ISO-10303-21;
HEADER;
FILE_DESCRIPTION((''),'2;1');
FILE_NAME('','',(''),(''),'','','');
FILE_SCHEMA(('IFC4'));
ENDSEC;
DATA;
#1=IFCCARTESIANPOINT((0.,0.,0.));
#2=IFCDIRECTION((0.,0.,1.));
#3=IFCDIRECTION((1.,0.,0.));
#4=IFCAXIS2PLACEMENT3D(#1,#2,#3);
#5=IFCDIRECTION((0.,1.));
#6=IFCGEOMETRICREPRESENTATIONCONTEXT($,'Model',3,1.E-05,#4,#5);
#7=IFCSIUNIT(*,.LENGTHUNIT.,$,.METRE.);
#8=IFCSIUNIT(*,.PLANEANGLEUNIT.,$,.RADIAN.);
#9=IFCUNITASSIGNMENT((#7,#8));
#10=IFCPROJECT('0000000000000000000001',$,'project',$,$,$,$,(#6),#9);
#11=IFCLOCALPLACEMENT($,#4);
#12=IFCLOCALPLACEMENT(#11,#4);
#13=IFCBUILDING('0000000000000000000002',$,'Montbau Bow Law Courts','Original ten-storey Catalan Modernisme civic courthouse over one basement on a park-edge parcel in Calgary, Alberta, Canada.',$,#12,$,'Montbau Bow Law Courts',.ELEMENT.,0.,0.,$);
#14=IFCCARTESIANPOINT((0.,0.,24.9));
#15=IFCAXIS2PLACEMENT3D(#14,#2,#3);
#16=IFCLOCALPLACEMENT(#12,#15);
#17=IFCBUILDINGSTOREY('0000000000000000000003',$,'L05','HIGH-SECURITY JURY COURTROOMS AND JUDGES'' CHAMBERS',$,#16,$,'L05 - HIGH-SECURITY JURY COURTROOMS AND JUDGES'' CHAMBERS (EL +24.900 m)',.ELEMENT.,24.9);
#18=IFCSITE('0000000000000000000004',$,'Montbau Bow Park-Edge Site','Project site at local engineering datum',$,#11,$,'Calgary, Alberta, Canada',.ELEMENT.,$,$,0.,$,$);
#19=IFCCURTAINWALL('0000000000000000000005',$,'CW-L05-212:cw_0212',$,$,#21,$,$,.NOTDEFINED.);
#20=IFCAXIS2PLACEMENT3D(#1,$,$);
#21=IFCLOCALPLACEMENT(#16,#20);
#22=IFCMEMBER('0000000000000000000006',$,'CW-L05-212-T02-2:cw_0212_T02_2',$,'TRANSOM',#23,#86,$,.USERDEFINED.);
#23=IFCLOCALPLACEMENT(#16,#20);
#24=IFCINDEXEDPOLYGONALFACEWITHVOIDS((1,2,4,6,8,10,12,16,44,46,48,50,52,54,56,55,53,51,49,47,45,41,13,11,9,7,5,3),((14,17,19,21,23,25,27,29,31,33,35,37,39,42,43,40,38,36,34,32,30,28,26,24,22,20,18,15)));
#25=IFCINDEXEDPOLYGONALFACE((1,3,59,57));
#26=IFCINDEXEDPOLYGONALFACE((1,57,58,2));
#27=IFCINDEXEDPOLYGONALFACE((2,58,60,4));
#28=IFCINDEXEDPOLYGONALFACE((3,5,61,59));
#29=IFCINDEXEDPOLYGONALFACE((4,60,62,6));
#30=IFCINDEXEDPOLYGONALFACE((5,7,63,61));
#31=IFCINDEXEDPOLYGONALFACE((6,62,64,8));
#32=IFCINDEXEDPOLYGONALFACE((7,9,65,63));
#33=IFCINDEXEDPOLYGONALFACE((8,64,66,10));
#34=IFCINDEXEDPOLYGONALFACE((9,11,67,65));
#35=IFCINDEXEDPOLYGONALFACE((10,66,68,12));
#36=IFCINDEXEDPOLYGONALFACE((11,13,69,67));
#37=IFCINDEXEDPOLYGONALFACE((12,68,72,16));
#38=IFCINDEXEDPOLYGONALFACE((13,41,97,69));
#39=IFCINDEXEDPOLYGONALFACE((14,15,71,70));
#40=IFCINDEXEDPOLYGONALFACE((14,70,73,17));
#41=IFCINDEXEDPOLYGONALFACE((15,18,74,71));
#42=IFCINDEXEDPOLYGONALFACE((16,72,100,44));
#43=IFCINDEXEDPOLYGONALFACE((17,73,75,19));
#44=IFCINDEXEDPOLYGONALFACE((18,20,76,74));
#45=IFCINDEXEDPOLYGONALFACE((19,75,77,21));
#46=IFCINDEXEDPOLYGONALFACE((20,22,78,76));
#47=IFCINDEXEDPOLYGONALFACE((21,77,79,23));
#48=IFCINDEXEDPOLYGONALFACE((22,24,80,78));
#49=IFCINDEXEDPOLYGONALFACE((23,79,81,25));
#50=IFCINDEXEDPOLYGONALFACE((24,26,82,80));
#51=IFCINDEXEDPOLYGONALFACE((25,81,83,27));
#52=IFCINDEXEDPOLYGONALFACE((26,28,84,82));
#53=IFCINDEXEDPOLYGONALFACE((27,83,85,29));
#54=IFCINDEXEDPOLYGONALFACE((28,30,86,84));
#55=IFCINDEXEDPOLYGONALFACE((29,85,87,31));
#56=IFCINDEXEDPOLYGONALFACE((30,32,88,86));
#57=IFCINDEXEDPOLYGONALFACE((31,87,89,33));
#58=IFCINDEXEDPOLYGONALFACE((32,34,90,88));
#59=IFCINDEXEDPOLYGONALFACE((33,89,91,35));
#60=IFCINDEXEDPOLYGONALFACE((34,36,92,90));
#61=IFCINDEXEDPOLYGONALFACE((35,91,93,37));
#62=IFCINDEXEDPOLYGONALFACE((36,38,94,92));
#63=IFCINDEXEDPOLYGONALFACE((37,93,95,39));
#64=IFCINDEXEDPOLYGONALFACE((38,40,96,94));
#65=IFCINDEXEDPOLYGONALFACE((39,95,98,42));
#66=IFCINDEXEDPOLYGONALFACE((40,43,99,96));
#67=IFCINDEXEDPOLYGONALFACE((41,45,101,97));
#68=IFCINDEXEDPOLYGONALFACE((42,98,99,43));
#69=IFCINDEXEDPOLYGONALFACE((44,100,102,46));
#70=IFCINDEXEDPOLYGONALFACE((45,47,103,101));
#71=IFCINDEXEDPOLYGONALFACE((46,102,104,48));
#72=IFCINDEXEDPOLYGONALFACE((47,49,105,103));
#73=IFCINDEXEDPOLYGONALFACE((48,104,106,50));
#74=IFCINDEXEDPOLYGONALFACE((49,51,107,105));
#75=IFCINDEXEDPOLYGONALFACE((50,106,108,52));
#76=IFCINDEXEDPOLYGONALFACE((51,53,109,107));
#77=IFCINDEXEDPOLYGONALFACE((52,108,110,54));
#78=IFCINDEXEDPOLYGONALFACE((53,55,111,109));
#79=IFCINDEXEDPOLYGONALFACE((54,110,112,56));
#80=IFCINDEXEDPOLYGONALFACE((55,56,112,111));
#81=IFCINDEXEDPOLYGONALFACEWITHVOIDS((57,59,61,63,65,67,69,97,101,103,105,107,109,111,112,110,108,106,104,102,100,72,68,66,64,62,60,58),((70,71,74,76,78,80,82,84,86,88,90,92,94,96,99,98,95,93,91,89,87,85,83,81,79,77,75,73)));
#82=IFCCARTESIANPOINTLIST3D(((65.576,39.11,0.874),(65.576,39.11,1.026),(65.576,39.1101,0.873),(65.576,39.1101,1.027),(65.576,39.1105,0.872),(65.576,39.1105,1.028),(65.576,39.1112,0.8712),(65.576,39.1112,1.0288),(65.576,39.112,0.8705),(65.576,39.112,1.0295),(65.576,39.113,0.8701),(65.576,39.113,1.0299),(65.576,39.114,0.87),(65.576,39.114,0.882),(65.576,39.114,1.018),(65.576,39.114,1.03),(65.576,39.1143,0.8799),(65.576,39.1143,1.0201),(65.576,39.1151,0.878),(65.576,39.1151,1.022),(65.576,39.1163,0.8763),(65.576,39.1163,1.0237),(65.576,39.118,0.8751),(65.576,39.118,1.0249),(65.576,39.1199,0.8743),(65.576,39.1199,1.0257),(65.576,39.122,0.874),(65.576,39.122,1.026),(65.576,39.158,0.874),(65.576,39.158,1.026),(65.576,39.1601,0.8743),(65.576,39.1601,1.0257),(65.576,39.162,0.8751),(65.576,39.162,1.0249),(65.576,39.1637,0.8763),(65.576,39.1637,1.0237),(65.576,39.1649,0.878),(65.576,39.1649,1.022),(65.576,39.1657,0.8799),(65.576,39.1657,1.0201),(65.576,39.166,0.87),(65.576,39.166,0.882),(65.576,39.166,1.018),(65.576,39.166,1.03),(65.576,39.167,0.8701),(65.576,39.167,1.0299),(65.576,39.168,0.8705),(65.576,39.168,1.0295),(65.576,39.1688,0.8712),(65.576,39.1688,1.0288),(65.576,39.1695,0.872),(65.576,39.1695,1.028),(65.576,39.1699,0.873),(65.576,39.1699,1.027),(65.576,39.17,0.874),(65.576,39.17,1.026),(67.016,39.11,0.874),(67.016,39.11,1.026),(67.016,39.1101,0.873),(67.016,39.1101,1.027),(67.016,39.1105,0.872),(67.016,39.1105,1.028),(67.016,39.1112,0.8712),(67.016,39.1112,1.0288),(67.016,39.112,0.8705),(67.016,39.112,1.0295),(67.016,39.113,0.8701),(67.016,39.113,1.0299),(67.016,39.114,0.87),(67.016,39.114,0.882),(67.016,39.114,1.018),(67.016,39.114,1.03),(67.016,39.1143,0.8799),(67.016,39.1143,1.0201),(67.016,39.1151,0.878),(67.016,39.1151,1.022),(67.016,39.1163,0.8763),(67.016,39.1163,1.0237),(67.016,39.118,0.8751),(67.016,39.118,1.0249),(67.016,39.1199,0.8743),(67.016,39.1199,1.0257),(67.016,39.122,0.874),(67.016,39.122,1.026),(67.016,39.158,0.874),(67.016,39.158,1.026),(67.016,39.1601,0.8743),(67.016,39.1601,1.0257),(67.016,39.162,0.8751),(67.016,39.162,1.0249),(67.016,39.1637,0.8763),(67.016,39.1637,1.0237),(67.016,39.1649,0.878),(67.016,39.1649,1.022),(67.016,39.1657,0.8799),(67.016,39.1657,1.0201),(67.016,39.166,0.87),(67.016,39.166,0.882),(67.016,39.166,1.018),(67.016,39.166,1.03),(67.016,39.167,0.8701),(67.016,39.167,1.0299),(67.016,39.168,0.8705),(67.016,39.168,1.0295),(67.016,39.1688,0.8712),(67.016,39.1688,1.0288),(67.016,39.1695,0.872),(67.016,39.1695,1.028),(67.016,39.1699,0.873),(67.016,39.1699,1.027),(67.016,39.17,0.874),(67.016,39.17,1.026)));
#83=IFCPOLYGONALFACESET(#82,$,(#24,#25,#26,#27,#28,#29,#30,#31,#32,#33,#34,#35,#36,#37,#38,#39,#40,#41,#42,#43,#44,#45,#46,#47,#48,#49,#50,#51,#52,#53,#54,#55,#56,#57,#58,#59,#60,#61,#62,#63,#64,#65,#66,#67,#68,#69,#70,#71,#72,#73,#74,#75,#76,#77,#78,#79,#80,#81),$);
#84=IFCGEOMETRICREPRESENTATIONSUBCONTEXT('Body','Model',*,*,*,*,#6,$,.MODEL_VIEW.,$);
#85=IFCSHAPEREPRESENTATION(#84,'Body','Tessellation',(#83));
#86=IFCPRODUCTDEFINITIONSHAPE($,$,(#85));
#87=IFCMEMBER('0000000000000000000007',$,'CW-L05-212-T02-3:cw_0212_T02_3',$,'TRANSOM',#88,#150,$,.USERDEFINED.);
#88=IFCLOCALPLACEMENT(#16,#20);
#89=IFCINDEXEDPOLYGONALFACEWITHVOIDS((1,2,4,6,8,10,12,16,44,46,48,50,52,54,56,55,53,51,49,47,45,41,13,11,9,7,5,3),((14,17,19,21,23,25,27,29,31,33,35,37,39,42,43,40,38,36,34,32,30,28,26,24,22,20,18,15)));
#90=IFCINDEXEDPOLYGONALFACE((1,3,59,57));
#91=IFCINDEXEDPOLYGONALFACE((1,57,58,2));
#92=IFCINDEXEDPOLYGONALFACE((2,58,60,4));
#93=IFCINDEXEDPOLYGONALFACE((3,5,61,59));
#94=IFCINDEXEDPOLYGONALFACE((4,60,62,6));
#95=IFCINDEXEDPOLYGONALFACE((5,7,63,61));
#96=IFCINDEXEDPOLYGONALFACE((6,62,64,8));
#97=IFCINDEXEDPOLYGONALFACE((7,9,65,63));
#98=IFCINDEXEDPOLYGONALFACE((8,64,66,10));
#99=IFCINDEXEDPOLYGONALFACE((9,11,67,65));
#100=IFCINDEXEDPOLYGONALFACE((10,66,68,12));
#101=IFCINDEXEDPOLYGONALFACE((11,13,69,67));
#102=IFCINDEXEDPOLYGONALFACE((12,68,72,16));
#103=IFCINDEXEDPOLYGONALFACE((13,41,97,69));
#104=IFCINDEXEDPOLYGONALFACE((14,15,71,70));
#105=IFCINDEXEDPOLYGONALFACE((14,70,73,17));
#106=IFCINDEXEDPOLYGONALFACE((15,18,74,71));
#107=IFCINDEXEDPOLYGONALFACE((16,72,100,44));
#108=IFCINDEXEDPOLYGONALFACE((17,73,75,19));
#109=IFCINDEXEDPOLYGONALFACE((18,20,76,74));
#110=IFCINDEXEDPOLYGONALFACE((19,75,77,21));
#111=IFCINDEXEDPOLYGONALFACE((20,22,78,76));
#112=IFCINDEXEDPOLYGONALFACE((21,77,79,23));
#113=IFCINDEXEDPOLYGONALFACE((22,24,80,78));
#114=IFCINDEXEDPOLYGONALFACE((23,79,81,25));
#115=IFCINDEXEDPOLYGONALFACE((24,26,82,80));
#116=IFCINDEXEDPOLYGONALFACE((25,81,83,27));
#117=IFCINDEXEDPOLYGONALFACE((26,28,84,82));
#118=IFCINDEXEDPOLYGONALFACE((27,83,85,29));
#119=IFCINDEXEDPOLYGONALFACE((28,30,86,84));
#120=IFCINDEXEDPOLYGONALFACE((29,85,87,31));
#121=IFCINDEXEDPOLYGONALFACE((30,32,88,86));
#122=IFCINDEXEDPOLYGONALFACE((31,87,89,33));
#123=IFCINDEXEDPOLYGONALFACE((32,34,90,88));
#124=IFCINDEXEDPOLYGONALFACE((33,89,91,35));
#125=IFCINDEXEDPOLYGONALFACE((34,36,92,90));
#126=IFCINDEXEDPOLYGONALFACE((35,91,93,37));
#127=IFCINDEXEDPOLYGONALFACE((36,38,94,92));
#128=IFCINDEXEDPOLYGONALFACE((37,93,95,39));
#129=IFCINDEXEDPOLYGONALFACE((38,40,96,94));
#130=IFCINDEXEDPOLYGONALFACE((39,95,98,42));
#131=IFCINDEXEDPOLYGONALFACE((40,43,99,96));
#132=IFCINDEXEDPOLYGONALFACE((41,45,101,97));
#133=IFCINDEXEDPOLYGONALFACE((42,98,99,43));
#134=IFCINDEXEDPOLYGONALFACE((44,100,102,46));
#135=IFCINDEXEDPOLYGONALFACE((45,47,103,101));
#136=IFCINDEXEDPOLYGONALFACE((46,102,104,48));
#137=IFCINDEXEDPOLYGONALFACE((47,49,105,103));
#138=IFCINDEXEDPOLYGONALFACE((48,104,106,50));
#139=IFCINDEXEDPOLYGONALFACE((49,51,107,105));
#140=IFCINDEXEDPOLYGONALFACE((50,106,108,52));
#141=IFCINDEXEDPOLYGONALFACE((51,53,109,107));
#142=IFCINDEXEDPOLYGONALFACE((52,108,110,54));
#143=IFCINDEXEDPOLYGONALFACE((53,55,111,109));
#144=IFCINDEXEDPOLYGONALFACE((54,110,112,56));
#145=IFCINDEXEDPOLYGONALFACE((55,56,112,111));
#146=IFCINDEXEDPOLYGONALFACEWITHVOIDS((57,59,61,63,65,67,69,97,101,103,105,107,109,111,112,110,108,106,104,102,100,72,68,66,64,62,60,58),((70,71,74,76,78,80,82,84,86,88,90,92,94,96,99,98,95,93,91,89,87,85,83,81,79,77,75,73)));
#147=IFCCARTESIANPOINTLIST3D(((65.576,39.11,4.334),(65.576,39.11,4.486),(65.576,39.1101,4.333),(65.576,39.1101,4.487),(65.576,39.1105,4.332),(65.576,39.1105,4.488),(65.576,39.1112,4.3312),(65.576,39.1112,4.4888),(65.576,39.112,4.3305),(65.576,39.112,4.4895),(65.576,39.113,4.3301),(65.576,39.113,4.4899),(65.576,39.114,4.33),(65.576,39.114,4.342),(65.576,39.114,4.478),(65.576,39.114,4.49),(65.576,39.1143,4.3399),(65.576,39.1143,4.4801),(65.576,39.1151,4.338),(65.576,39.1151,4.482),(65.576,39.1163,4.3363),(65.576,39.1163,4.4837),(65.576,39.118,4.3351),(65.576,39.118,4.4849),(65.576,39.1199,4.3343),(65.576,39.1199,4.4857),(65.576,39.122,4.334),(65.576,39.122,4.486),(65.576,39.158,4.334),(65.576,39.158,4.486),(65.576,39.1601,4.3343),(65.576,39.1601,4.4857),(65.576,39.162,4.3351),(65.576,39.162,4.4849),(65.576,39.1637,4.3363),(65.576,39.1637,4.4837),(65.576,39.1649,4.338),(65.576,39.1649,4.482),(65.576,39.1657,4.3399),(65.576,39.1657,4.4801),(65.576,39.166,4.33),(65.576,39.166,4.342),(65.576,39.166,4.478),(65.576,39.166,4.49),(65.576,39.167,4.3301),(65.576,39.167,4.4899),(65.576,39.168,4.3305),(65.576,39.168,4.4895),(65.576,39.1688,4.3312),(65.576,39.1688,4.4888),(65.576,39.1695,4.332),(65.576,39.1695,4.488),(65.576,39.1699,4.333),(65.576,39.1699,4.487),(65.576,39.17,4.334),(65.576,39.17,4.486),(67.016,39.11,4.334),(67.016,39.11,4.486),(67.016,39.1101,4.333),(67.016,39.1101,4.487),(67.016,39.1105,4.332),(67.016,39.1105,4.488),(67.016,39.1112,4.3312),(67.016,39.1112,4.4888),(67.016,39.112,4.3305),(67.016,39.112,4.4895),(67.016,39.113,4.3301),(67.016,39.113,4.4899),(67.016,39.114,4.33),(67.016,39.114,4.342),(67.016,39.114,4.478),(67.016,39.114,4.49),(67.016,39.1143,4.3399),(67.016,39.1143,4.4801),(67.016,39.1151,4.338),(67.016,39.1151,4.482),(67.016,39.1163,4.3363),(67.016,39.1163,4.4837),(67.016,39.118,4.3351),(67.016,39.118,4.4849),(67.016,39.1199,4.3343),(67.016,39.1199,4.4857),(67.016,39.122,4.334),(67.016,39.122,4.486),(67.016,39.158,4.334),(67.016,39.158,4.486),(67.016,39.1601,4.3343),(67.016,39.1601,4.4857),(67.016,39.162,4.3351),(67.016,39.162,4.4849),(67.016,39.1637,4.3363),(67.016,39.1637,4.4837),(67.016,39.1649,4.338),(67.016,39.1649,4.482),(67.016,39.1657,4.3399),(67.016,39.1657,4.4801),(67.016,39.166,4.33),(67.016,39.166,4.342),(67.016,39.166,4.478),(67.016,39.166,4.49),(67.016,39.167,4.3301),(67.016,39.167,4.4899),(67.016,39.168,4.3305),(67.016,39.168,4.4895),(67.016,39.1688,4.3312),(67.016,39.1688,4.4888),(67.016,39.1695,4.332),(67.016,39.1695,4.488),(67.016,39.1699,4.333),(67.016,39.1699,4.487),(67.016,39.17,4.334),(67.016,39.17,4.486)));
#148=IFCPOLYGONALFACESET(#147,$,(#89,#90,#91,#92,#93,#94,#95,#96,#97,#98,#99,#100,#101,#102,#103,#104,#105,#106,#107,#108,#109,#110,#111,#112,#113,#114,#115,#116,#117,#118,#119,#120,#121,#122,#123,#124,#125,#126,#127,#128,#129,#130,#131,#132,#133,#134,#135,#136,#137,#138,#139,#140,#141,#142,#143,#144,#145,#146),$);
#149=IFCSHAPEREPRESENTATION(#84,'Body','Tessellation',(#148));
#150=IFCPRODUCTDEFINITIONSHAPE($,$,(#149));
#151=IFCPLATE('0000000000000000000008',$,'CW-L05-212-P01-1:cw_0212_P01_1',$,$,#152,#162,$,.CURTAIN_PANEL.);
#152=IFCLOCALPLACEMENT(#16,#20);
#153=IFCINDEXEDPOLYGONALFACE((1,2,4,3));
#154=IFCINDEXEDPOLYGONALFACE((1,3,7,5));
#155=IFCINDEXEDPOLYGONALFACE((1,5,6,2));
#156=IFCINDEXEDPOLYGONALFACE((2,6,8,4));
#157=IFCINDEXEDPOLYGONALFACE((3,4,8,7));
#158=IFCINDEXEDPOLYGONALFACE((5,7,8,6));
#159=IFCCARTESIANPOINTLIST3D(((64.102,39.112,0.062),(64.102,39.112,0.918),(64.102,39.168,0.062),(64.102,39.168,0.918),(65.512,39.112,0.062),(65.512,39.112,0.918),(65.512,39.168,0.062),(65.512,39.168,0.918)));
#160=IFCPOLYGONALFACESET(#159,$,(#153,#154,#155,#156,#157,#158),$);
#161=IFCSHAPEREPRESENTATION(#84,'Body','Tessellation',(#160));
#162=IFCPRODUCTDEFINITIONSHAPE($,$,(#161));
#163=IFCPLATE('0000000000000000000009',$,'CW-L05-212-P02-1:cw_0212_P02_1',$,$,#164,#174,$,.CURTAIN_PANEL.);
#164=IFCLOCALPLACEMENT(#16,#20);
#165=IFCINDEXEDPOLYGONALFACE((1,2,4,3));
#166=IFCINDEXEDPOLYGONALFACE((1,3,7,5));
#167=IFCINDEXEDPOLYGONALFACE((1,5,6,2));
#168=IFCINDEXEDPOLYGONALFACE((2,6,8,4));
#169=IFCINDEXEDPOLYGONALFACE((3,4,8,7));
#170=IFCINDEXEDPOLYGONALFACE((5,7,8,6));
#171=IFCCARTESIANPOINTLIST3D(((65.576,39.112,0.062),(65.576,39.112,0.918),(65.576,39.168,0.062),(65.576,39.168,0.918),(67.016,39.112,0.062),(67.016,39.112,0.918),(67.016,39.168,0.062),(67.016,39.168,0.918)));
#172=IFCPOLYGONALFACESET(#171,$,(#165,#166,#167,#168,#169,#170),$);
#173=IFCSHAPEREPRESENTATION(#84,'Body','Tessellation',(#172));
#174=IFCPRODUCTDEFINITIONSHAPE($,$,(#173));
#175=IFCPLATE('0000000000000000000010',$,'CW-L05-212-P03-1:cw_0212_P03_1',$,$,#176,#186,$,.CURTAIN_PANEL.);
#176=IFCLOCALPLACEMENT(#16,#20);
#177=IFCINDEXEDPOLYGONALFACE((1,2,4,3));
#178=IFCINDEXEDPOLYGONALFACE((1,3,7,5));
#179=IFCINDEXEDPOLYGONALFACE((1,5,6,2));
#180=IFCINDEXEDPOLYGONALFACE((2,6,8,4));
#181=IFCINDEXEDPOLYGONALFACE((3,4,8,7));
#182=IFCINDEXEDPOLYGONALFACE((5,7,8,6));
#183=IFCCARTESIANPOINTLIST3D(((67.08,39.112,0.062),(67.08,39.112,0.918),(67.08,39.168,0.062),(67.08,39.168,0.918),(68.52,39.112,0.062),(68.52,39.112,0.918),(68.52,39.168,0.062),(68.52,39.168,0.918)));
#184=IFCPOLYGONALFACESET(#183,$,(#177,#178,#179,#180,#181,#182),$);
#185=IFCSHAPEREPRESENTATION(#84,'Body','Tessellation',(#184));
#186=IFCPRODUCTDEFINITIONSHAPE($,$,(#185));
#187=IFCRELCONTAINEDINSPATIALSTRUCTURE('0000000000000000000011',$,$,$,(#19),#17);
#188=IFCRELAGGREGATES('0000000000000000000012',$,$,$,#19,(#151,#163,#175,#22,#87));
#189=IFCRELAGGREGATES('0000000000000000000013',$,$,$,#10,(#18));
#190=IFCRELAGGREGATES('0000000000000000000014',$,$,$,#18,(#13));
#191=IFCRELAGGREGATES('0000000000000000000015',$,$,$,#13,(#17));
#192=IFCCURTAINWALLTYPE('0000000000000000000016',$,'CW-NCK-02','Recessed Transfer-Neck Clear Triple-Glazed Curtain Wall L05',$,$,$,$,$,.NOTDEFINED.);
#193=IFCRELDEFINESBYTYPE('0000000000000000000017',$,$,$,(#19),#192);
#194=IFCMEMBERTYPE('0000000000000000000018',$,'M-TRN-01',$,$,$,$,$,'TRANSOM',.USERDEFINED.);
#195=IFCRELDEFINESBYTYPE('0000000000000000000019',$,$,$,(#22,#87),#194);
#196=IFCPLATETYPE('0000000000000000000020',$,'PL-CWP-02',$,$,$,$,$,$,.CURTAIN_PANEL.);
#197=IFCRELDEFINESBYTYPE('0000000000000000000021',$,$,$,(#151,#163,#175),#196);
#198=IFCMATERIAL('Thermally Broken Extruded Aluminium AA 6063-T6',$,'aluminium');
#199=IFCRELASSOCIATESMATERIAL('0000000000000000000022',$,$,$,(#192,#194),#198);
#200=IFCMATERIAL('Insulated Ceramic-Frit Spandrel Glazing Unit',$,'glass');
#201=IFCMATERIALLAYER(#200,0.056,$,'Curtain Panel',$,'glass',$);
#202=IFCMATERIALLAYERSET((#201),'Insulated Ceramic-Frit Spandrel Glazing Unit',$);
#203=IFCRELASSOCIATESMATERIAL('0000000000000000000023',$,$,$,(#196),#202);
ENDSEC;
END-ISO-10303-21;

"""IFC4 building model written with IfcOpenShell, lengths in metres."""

from ifc_helpers import new_model, si_unit, direction, frame, frame_2d, origin_with_axes, origin_2d_with_axis, place, context, subcontext, project, spatial, rectangle, hollow_rectangle, extrude, material, layer, layer_set, material_profile, profile_set, type_object, element, aggregate, save


model = new_model("IFC4")

# Units and contexts
model_context = context("Model", 3, precision=1e-05, world=origin_with_axes(), true_north=direction((0.0, 1.0)))
body_context = subcontext(model_context, "Body", "Model", "MODEL_VIEW")
ifc_project = project(units=[si_unit("LENGTHUNIT", "METRE"), si_unit("PLANEANGLEUNIT", "RADIAN")], contexts=[model_context])

# Site, building, storey
site_placement = place(None, origin_with_axes())
site = spatial("IfcSite", under=ifc_project, at=site_placement, Name="Montbau Bow Park-Edge Site", Description="Project site at local engineering datum", LongName="Calgary, Alberta, Canada", CompositionType="ELEMENT", RefElevation=0.0)
building_placement = place(site_placement, origin_with_axes())
building = spatial("IfcBuilding", under=site, at=building_placement, Name="Montbau Bow Law Courts", Description="Original ten-storey Catalan Modernisme civic courthouse over one basement on a park-edge parcel in Calgary, Alberta, Canada.", LongName="Montbau Bow Law Courts", CompositionType="ELEMENT", ElevationOfRefHeight=0.0, ElevationOfTerrain=0.0)
storey_placement = place(building_placement, frame((0.0, 0.0, 24.9), z_axis=(0.0, 0.0, 1.0), x_axis=(1.0, 0.0, 0.0)))
storey = spatial("IfcBuildingStorey", under=building, at=storey_placement, Name="L05", Description="HIGH-SECURITY JURY COURTROOMS AND JUDGES' CHAMBERS", LongName="L05 - HIGH-SECURITY JURY COURTROOMS AND JUDGES' CHAMBERS (EL +24.900 m)", CompositionType="ELEMENT", Elevation=24.9)

# Shared definitions
ifc_material_1 = material(Name="Thermally Broken Extruded Aluminium AA 6063-T6", Category="aluminium")
curtain_wall_type = type_object("IfcCurtainWallType", Name="CW-NCK-02", Description="Recessed Transfer-Neck Clear Triple-Glazed Curtain Wall L05", PredefinedType="NOTDEFINED", material=ifc_material_1)

# Curtain wall, members, plates
curtain_wall_1_placement = place(None, frame((64.04, 39.14, 24.9), z_axis=(0.0, 0.0, 1.0), x_axis=(1.0, 0.0, 0.0)))
curtain_wall_1 = element("IfcCurtainWall", 1, at=curtain_wall_1_placement, inside=storey, type_object=curtain_wall_type, Name="CW-L05-212:cw_0212", PredefinedType="NOTDEFINED")
ifc_material_profile_1 = material_profile(ifc_material_1, hollow_rectangle(XDim=0.06, YDim=0.16, WallThickness=0.004, InnerFilletRadius=0.008, OuterFilletRadius=0.004, at=origin_2d_with_axis()), Name="CWT-160X60", Category="Main", Priority=0)
ifc_profile_set_1 = profile_set([ifc_material_profile_1], Name="Thermally Broken Extruded Aluminium AA 6063-T6")
member_type_1 = type_object("IfcMemberType", Name="M-TRN-01", ElementType="TRANSOM", PredefinedType="USERDEFINED", material=ifc_profile_set_1)
member_1_placement = place(None, frame((65.576, 39.14, 25.85), z_axis=(1.0, 0.0, 0.0), x_axis=(0.0, 1.0, 0.0)))
member_1 = element("IfcMember", 2, at=member_1_placement, type_object=member_type_1, Name="CW-L05-212-T02-2:cw_0212_T02_2", ObjectType="TRANSOM", PredefinedType="USERDEFINED", context=body_context, shape_type="SweptSolid", body=[
    extrude(hollow_rectangle(XDim=0.06, YDim=0.16, WallThickness=0.004, InnerFilletRadius=0.008, OuterFilletRadius=0.004, at=origin_2d_with_axis()), origin_with_axes(), (0.0, 0.0, 1.0), 1.44),
])
member_2_placement = place(None, frame((65.576, 39.14, 29.31), z_axis=(1.0, 0.0, 0.0), x_axis=(0.0, 1.0, 0.0)))
member_2 = element("IfcMember", 3, at=member_2_placement, type_object=member_type_1, Name="CW-L05-212-T02-3:cw_0212_T02_3", ObjectType="TRANSOM", PredefinedType="USERDEFINED", context=body_context, shape_type="SweptSolid", body=[
    extrude(hollow_rectangle(XDim=0.06, YDim=0.16, WallThickness=0.004, InnerFilletRadius=0.008, OuterFilletRadius=0.004, at=origin_2d_with_axis()), origin_with_axes(), (0.0, 0.0, 1.0), 1.44),
])
ifc_material_2 = material(Name="Insulated Ceramic-Frit Spandrel Glazing Unit", Category="glass")
ifc_layer_1 = layer(ifc_material_2, 0.056, Name="Curtain Panel", Category="glass")
ifc_layer_set_1 = layer_set([ifc_layer_1], Name="Insulated Ceramic-Frit Spandrel Glazing Unit")
plate_type_1 = type_object("IfcPlateType", Name="PL-CWP-02", PredefinedType="CURTAIN_PANEL", material=ifc_layer_set_1)
plate_1_placement = place(None, frame((64.102, 39.14, 24.962), z_axis=(0.0, -1.0, 0.0), x_axis=(1.0, 0.0, 0.0)))
plate_1 = element("IfcPlate", 4, at=plate_1_placement, type_object=plate_type_1, Name="CW-L05-212-P01-1:cw_0212_P01_1", PredefinedType="CURTAIN_PANEL", context=body_context, shape_type="SweptSolid", body=[
    extrude(rectangle(XDim=1.41, YDim=0.856, at=frame_2d((0.705, 0.428), x_axis=(1.0, 0.0))), frame((0.0, 0.0, -0.028), z_axis=(0.0, 0.0, 1.0), x_axis=(1.0, 0.0, 0.0)), (0.0, 0.0, 1.0), 0.056),
])
plate_2_placement = place(None, frame((65.576, 39.14, 24.962), z_axis=(0.0, -1.0, 0.0), x_axis=(1.0, 0.0, 0.0)))
plate_2 = element("IfcPlate", 5, at=plate_2_placement, type_object=plate_type_1, Name="CW-L05-212-P02-1:cw_0212_P02_1", PredefinedType="CURTAIN_PANEL", context=body_context, shape_type="SweptSolid", body=[
    extrude(rectangle(XDim=1.44, YDim=0.856, at=frame_2d((0.72, 0.428), x_axis=(1.0, 0.0))), frame((0.0, 0.0, -0.028), z_axis=(0.0, 0.0, 1.0), x_axis=(1.0, 0.0, 0.0)), (0.0, 0.0, 1.0), 0.056),
])
plate_3_placement = place(None, frame((67.08, 39.14, 24.962), z_axis=(0.0, -1.0, 0.0), x_axis=(1.0, 0.0, 0.0)))
plate_3 = element("IfcPlate", 6, at=plate_3_placement, type_object=plate_type_1, Name="CW-L05-212-P03-1:cw_0212_P03_1", PredefinedType="CURTAIN_PANEL", context=body_context, shape_type="SweptSolid", body=[
    extrude(rectangle(XDim=1.44, YDim=0.856, at=frame_2d((0.72, 0.428), x_axis=(1.0, 0.0))), frame((0.0, 0.0, -0.028), z_axis=(0.0, 0.0, 1.0), x_axis=(1.0, 0.0, 0.0)), (0.0, 0.0, 1.0), 0.056),
])
aggregate(curtain_wall_1, [plate_1, plate_2, plate_3, member_1, member_2])

save(model, "model.ifc")
